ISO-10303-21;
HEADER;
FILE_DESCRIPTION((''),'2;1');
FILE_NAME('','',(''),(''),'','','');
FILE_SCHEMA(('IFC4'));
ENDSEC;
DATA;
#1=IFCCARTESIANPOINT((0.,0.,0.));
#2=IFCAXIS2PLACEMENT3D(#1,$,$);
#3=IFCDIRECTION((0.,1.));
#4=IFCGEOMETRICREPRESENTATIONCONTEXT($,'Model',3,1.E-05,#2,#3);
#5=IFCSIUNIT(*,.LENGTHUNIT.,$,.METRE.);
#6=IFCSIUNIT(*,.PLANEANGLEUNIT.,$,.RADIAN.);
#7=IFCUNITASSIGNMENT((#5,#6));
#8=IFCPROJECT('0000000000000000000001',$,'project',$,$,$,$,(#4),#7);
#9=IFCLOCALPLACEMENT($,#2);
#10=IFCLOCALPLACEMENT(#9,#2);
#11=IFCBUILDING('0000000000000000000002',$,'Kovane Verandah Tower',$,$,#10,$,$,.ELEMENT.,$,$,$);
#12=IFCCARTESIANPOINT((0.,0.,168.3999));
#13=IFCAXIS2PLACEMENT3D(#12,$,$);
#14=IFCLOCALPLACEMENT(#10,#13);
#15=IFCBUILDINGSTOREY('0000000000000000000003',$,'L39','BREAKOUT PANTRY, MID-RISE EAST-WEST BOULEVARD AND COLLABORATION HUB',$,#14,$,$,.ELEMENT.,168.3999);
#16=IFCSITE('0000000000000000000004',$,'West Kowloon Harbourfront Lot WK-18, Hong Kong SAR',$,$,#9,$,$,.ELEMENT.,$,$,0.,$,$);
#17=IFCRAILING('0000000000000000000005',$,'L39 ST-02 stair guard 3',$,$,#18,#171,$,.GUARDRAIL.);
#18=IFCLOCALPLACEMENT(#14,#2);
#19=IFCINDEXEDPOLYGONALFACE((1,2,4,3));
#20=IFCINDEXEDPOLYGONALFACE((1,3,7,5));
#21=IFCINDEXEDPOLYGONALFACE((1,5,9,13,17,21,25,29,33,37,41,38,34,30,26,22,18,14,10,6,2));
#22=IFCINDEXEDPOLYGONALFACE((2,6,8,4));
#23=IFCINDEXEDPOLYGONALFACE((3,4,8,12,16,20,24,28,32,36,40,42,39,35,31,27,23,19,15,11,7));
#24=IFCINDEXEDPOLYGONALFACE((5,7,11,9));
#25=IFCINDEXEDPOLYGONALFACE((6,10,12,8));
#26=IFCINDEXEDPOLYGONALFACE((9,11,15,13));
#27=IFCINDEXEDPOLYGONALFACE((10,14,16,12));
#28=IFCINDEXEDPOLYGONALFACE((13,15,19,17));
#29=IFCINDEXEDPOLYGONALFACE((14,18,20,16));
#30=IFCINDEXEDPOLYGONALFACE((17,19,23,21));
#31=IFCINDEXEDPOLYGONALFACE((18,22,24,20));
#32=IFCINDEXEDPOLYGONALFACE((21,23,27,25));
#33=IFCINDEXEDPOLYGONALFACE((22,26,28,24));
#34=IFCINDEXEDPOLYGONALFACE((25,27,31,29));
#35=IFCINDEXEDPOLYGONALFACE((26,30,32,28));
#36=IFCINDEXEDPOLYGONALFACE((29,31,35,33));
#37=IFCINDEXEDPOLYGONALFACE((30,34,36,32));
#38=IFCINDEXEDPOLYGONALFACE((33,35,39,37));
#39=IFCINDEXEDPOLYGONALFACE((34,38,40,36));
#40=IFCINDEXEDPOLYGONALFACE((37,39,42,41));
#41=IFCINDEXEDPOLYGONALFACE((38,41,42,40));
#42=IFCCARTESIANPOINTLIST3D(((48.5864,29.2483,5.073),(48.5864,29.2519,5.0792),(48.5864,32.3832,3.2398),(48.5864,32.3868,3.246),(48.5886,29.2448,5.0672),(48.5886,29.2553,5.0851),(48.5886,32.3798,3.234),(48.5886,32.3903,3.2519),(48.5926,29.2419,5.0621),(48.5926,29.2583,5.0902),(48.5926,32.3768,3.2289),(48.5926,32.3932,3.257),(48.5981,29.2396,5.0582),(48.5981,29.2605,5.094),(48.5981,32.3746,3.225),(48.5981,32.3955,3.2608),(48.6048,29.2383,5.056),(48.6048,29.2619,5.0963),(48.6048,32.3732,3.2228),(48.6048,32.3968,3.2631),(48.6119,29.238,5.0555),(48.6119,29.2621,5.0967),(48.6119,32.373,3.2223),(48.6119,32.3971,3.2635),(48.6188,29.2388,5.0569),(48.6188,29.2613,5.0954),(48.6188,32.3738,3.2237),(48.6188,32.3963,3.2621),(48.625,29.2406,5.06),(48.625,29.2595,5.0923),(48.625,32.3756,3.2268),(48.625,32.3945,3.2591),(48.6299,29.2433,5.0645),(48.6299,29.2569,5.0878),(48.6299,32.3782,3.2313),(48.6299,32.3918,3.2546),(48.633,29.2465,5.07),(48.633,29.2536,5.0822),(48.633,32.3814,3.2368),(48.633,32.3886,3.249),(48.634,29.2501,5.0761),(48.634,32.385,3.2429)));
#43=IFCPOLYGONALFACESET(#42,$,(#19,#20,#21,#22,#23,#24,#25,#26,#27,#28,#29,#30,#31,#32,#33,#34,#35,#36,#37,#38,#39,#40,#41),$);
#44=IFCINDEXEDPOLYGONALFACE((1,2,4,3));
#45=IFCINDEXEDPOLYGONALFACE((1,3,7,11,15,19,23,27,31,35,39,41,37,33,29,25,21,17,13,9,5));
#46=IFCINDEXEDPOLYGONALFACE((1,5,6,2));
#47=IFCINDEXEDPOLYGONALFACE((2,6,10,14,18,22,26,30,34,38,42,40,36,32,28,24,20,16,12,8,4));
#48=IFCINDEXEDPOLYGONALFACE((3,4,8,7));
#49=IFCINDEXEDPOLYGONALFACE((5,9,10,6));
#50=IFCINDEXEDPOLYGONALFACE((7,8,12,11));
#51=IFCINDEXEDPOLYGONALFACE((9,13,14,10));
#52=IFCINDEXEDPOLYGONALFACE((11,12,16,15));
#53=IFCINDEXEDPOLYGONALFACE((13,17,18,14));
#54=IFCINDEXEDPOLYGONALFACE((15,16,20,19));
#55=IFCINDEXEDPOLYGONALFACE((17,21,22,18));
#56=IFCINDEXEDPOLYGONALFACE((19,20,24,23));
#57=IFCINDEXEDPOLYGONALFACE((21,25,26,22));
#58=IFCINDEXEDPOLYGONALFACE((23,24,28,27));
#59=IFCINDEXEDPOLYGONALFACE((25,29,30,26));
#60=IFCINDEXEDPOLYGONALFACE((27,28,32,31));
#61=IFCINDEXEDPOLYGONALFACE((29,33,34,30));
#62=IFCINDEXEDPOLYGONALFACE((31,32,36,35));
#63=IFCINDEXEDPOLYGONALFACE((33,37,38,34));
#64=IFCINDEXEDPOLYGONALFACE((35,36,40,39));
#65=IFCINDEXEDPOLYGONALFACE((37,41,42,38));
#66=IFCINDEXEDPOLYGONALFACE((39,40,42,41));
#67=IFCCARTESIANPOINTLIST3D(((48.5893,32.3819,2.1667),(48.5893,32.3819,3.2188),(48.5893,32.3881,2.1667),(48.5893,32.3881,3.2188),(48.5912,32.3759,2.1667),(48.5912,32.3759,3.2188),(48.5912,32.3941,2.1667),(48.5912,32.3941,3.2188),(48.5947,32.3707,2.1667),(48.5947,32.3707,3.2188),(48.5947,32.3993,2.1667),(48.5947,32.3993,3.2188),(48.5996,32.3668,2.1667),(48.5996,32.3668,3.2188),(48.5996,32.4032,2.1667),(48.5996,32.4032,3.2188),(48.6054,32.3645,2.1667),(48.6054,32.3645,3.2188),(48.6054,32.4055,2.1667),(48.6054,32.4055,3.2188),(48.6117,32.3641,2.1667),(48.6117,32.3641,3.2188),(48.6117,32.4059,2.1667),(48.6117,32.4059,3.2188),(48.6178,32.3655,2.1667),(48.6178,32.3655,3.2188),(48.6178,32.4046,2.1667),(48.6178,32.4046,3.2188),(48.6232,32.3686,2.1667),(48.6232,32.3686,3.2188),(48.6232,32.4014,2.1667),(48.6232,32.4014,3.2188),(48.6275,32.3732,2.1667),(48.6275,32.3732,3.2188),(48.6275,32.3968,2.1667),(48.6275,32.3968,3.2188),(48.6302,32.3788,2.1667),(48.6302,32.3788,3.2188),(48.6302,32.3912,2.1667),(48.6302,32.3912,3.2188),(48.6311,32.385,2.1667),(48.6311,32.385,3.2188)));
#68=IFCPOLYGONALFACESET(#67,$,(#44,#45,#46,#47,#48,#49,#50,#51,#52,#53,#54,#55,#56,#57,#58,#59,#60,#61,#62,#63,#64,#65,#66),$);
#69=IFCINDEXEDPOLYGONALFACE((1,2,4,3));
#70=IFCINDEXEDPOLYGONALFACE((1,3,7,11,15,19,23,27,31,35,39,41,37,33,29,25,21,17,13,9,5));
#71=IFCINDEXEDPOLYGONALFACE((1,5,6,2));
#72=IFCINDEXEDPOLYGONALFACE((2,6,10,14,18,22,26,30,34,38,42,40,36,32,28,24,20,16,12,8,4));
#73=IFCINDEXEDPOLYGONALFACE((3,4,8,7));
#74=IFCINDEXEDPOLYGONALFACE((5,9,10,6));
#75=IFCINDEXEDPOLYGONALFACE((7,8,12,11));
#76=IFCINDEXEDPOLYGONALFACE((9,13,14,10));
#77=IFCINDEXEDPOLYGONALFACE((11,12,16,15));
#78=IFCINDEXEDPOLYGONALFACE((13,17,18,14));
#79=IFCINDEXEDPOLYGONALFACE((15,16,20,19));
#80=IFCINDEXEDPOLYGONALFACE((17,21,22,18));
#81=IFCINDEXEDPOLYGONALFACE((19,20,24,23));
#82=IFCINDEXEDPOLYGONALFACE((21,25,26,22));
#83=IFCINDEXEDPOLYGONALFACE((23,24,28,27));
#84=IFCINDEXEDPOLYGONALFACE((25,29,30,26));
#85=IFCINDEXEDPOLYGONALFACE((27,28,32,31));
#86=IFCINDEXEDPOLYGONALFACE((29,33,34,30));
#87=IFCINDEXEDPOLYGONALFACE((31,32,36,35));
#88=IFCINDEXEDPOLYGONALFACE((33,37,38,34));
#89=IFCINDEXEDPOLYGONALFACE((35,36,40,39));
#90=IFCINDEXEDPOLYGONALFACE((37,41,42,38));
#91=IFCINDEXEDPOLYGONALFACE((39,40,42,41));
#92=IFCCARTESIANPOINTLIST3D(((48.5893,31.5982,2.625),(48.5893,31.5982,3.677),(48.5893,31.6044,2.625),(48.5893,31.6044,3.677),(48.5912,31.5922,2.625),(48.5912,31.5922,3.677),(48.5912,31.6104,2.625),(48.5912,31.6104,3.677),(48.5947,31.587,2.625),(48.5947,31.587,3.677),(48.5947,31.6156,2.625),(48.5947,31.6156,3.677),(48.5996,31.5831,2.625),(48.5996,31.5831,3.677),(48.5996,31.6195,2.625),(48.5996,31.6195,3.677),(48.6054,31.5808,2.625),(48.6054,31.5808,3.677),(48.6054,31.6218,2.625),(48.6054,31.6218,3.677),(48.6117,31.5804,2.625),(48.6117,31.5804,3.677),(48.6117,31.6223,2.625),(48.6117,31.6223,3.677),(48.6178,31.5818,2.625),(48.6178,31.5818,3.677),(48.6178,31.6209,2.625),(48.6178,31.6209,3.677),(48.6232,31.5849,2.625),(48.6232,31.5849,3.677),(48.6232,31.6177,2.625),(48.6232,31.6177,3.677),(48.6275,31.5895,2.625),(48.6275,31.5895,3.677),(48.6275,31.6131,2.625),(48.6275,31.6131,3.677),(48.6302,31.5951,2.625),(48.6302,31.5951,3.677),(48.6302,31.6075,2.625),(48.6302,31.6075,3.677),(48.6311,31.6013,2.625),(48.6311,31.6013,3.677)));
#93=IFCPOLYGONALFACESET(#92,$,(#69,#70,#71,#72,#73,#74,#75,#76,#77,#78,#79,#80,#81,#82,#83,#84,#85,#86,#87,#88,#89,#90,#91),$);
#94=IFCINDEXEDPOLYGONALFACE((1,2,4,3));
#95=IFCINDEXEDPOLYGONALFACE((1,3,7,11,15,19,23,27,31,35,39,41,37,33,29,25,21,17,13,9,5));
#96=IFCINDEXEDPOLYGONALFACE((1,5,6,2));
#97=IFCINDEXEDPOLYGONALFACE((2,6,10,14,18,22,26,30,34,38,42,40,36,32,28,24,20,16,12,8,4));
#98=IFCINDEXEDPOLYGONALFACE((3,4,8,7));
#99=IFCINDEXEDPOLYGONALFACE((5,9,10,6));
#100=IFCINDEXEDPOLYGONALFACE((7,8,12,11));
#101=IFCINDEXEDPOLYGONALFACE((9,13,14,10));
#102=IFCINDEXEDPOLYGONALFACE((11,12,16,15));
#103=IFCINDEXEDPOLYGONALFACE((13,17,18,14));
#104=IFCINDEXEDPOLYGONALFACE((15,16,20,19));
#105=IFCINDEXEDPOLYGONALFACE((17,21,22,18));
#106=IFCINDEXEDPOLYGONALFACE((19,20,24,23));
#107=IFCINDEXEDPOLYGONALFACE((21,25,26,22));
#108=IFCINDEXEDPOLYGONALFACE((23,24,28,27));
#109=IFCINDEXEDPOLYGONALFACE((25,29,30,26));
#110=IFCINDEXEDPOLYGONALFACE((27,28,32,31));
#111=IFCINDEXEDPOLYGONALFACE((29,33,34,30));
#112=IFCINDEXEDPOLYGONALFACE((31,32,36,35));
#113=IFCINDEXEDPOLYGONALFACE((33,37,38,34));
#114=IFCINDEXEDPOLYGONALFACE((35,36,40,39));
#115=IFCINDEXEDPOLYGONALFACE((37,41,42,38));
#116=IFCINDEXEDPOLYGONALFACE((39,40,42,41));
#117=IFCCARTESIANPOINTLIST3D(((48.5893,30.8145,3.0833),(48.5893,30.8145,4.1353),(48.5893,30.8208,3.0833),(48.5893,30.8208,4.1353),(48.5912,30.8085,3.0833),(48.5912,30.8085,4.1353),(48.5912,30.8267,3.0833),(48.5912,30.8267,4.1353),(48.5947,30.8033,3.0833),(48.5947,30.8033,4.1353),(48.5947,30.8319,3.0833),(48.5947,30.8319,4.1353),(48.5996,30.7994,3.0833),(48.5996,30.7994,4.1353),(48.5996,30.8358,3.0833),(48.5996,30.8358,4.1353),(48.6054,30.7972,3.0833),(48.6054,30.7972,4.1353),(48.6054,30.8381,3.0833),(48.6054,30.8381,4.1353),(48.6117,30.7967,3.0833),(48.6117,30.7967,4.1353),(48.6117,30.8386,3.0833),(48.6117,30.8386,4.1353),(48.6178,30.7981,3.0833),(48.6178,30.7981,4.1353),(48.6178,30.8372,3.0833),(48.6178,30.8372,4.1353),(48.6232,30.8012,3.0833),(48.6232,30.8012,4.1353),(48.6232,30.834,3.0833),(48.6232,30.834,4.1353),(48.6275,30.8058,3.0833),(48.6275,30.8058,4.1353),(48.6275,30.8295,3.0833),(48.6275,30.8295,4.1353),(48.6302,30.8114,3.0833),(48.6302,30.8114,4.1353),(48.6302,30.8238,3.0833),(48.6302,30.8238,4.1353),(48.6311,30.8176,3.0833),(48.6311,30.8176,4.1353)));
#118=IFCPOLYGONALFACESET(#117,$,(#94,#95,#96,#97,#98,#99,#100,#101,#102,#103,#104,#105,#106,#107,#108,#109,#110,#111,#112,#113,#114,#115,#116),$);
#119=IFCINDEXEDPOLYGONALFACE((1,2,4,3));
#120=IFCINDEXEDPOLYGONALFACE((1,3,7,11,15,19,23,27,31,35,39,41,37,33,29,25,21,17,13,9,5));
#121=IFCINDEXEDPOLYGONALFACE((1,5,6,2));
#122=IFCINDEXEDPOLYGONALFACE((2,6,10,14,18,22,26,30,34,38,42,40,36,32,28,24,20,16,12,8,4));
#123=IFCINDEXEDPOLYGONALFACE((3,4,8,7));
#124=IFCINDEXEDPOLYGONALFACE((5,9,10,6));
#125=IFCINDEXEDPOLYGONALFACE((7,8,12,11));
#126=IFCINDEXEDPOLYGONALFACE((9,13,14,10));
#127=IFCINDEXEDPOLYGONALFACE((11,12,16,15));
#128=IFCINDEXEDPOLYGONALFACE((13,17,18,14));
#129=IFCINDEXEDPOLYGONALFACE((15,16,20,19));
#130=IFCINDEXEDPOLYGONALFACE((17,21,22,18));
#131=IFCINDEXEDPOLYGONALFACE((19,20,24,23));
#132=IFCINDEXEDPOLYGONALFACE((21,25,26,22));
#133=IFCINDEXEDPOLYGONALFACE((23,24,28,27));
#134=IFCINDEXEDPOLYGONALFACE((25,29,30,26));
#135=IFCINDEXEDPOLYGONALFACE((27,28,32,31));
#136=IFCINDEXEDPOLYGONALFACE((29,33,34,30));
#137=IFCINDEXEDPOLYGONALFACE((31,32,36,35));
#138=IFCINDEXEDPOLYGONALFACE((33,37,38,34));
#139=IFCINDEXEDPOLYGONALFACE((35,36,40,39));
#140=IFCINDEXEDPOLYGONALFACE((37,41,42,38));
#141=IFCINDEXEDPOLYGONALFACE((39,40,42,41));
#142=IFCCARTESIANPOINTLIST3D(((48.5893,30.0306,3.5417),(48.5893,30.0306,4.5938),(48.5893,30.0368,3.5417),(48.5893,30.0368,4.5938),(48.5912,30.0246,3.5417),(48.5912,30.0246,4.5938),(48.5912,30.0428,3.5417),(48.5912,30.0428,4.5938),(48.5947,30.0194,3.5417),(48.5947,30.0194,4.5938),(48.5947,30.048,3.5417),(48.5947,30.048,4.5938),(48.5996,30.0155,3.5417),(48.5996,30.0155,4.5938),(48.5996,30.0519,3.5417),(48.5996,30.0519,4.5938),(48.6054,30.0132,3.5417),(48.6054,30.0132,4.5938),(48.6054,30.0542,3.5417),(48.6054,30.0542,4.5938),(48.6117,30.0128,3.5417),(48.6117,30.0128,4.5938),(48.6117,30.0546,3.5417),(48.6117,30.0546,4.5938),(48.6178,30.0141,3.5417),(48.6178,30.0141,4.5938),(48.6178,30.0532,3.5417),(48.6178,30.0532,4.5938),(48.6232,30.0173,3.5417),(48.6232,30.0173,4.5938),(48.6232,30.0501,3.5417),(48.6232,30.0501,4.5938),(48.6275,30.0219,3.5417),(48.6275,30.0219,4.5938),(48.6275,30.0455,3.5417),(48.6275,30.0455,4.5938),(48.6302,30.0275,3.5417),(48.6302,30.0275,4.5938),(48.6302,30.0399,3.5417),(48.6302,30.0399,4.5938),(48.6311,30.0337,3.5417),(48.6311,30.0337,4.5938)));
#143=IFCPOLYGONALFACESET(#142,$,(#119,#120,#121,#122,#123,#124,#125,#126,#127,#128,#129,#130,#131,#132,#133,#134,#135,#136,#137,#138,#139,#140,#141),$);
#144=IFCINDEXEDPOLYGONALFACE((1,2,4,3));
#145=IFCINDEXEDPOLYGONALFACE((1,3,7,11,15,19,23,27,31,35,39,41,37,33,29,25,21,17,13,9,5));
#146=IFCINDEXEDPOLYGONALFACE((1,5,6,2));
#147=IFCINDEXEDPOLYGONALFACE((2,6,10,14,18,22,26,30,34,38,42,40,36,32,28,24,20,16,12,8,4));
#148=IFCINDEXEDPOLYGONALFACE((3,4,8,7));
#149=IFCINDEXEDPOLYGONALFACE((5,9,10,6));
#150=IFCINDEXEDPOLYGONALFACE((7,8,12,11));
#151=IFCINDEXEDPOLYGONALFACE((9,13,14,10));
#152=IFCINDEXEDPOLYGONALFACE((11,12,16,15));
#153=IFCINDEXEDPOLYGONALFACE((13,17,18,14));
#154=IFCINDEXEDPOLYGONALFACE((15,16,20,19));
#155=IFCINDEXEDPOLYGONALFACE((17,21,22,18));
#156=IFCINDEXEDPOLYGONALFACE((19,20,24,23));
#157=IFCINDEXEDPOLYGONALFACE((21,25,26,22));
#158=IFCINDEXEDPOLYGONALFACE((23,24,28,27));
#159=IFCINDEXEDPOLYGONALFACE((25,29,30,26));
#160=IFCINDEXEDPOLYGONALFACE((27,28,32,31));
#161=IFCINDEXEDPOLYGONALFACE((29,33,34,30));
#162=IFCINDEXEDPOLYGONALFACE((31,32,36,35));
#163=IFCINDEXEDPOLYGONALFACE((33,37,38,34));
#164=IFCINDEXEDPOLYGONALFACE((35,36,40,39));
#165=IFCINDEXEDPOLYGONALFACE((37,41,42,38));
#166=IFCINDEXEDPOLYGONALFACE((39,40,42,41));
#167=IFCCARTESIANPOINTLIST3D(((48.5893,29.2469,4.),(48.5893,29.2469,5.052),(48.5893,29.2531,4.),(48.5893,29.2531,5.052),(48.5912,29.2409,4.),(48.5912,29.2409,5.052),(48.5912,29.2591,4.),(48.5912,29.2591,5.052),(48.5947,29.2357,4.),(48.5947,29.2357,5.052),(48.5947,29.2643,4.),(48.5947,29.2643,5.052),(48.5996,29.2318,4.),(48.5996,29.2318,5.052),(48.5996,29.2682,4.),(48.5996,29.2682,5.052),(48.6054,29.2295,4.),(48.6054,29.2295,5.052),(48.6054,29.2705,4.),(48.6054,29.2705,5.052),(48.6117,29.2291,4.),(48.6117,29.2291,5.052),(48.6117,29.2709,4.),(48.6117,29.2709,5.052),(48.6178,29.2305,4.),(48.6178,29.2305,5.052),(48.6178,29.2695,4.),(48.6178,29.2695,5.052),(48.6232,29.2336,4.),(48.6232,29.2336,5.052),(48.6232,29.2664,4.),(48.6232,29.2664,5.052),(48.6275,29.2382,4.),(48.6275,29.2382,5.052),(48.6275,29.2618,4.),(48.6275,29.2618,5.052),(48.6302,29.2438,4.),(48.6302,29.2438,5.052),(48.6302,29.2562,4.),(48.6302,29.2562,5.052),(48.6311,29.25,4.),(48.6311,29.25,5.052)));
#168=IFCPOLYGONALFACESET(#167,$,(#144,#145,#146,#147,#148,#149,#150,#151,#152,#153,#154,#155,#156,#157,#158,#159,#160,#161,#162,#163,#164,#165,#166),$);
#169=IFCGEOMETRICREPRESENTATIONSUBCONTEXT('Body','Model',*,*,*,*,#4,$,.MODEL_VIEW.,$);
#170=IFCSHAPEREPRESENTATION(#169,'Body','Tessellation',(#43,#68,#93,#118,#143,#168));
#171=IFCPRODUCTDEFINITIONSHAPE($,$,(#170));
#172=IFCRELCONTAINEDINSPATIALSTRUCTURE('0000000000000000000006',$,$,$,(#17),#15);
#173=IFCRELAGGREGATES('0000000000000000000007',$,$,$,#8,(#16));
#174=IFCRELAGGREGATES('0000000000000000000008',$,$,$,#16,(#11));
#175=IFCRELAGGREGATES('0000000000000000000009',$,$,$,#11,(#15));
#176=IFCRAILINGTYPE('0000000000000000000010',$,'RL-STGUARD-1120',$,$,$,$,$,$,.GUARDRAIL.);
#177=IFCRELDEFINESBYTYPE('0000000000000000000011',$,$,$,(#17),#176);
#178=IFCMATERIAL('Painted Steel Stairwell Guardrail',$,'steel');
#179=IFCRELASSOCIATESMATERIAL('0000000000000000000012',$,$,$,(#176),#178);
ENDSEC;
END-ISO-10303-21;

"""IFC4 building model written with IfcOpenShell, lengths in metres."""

from ifc_helpers import new_model, si_unit, direction, frame, origin, origin_2d, place, context, subcontext, project, spatial, circle, extrude, material, type_object, element, save


model = new_model("IFC4")

# Units and contexts
model_context = context("Model", 3, precision=1e-05, world=origin(), true_north=direction((0.0, 1.0)))
body_context = subcontext(model_context, "Body", "Model", "MODEL_VIEW")
ifc_project = project(units=[si_unit("LENGTHUNIT", "METRE"), si_unit("PLANEANGLEUNIT", "RADIAN")], contexts=[model_context])

# Site, building, storey
site_placement = place(None, origin())
site = spatial("IfcSite", under=ifc_project, at=site_placement, Name="West Kowloon Harbourfront Lot WK-18, Hong Kong SAR", CompositionType="ELEMENT", RefElevation=0.0)
building_placement = place(site_placement, origin())
building = spatial("IfcBuilding", under=site, at=building_placement, Name="Kovane Verandah Tower", CompositionType="ELEMENT")
storey_placement = place(building_placement, frame((0.0, 0.0, 168.3999)))
storey = spatial("IfcBuildingStorey", under=building, at=storey_placement, Name="L39", Description="BREAKOUT PANTRY, MID-RISE EAST-WEST BOULEVARD AND COLLABORATION HUB", CompositionType="ELEMENT", Elevation=168.3999)

# Railing
ifc_material_1 = material(Name="Painted Steel Stairwell Guardrail", Category="steel")
railing_type_1 = type_object("IfcRailingType", Name="RL-STGUARD-1120", PredefinedType="GUARDRAIL", material=ifc_material_1)
railing_1_placement = place(storey_placement, frame((48.6101, 32.385, 2.1667)))
element("IfcRailing", 1, at=railing_1_placement, inside=storey, type_object=railing_type_1, Name="L39 ST-02 stair guard 3", PredefinedType="GUARDRAIL", context=body_context, shape_type="SweptSolid", body=[
    extrude(circle(Radius=0.0239, at=origin_2d()), frame((0.0, 0.0, 1.0762), z_axis=(0.0, -0.86324, 0.504794), x_axis=(1.0, 0.0, 0.0)), (0.0, 0.0, 1.0), 3.6316),
    extrude(circle(Radius=0.021, at=origin_2d()), origin(), (0.0, 0.0, 1.0), 1.052),
    extrude(circle(Radius=0.021, at=origin_2d()), frame((0.0, -0.7837, 0.4583)), (0.0, 0.0, 1.0), 1.052),
    extrude(circle(Radius=0.021, at=origin_2d()), frame((0.0, -1.5674, 0.9165)), (0.0, 0.0, 1.0), 1.052),
    extrude(circle(Radius=0.021, at=origin_2d()), frame((0.0, -2.3513, 1.375)), (0.0, 0.0, 1.0), 1.052),
    extrude(circle(Radius=0.021, at=origin_2d()), frame((0.0, -3.135, 1.8333)), (0.0, 0.0, 1.0), 1.052),
])

save(model, "model.ifc")
